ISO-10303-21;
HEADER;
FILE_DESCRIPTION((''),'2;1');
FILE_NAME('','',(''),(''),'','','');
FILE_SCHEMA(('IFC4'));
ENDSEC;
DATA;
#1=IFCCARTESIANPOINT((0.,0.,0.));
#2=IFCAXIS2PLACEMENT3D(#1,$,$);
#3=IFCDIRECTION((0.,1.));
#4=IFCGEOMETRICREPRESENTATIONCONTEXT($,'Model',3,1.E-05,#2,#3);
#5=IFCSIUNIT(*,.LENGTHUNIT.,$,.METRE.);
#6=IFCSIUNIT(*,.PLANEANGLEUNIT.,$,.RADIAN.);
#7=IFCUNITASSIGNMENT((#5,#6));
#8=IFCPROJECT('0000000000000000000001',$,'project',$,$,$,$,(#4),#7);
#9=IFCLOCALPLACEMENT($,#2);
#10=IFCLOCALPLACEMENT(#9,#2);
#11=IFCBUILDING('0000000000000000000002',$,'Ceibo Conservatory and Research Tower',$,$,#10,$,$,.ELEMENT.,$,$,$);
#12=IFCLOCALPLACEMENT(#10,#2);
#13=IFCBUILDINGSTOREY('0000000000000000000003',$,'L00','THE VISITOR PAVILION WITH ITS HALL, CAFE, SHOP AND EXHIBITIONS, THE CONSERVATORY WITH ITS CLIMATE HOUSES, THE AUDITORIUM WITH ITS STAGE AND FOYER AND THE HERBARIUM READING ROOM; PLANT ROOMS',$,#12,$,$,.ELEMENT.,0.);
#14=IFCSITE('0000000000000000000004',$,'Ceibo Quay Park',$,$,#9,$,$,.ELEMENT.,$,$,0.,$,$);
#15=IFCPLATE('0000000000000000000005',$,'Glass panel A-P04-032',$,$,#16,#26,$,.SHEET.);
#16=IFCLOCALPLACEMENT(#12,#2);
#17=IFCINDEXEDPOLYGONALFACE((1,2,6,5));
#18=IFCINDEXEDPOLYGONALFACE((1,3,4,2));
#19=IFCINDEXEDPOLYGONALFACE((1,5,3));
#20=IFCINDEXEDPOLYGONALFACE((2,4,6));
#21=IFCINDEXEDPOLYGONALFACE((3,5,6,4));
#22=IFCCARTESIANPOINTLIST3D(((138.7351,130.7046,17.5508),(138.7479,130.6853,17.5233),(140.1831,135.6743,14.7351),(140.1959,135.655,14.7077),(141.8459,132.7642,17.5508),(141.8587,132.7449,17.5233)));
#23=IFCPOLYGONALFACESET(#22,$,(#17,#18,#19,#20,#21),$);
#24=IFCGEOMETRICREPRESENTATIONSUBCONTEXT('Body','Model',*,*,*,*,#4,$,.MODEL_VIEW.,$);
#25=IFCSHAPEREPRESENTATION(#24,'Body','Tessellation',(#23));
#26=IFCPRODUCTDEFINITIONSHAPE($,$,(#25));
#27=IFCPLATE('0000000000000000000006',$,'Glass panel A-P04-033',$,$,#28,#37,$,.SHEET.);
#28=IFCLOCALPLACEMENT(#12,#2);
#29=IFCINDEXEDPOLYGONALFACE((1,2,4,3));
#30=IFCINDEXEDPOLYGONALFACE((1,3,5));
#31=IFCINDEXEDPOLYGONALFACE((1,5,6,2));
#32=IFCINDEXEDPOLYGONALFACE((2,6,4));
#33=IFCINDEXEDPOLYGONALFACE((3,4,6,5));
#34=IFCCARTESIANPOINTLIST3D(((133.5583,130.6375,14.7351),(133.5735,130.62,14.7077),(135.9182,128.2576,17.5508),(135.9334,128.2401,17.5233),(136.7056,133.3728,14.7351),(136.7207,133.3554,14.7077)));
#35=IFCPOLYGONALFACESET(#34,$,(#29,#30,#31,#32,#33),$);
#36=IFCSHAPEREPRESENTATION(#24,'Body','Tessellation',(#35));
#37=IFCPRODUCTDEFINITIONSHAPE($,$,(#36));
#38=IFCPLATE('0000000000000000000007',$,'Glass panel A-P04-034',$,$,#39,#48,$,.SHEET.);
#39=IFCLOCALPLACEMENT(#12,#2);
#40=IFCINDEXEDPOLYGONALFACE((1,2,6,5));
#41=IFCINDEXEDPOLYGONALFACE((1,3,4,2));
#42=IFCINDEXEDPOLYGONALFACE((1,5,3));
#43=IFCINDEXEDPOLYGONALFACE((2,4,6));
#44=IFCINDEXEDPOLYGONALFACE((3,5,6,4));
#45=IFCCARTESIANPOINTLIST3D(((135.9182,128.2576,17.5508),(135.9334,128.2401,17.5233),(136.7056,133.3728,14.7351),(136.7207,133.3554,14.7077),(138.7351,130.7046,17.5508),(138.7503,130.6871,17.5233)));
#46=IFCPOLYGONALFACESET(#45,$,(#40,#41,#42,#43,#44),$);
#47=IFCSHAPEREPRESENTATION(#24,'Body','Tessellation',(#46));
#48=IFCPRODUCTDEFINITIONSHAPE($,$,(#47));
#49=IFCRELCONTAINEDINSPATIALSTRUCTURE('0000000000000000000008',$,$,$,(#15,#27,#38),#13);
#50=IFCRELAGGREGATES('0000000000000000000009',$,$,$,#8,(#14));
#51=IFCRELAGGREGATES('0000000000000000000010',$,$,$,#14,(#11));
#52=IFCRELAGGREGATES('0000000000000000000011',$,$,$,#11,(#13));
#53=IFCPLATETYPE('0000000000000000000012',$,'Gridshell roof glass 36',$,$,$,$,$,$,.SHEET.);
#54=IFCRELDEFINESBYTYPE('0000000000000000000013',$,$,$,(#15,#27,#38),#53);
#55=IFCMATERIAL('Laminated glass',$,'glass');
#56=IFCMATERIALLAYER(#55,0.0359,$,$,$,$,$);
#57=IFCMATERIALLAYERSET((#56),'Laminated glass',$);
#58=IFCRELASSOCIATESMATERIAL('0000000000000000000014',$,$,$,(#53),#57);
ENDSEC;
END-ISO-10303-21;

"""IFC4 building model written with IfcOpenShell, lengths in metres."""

from ifc_helpers import new_model, si_unit, direction, frame, origin, place, context, subcontext, project, spatial, polyline, outline, extrude, material, layer, layer_set, type_object, element, save


model = new_model("IFC4")

# Units and contexts
model_context = context("Model", 3, precision=1e-05, world=origin(), true_north=direction((0.0, 1.0)))
body_context = subcontext(model_context, "Body", "Model", "MODEL_VIEW")
ifc_project = project(units=[si_unit("LENGTHUNIT", "METRE"), si_unit("PLANEANGLEUNIT", "RADIAN")], contexts=[model_context])

# Site, building, storey
site_placement = place(None, origin())
site = spatial("IfcSite", under=ifc_project, at=site_placement, Name="Ceibo Quay Park", CompositionType="ELEMENT", RefElevation=0.0)
building_placement = place(site_placement, origin())
building = spatial("IfcBuilding", under=site, at=building_placement, Name="Ceibo Conservatory and Research Tower", CompositionType="ELEMENT")
storey_placement = place(building_placement, origin())
storey = spatial("IfcBuildingStorey", under=building, at=storey_placement, Name="L00", Description="THE VISITOR PAVILION WITH ITS HALL, CAFE, SHOP AND EXHIBITIONS, THE CONSERVATORY WITH ITS CLIMATE HOUSES, THE AUDITORIUM WITH ITS STAGE AND FOYER AND THE HERBARIUM READING ROOM; PLANT ROOMS", CompositionType="ELEMENT", Elevation=0.0)

# Plates
ifc_material_1 = material(Name="Laminated glass", Category="glass")
ifc_layer = layer(ifc_material_1, 0.0359)
ifc_layer_set = layer_set([ifc_layer], Name="Laminated glass")
plate_type = type_object("IfcPlateType", Name="Gridshell roof glass 36", PredefinedType="SHEET", material=ifc_layer_set)
plate_1_placement = place(storey_placement, frame((140.1831, 135.6743, 14.7351), z_axis=(-0.355534, 0.537009, 0.764995), x_axis=(-0.245731, -0.843382, 0.477831)))
element("IfcPlate", 1, at=plate_1_placement, inside=storey, type_object=plate_type, Name="Glass panel A-P04-032", PredefinedType="SHEET", context=body_context, shape_type="SweptSolid", body=[
    extrude(outline(polyline([(0.0, 0.0), (5.8926, 0.0), (3.3912, 2.768), (0.0, 0.0)])), origin(), (0.0, 0.0, -1.0), 0.0359),
])
plate_2_placement = place(storey_placement, frame((136.7056, 133.3728, 14.7351), z_axis=(-0.422497, 0.486113, 0.764977), x_axis=(-0.754767, -0.655993, 0.0)))
element("IfcPlate", 2, at=plate_2_placement, inside=storey, type_object=plate_type, Name="Glass panel A-P04-033", PredefinedType="SHEET", context=body_context, shape_type="SweptSolid", body=[
    extrude(outline(polyline([(0.0, 0.0), (4.1698, 0.0), (3.9498, 4.3718), (0.0, 0.0)])), origin(), (0.0, 0.0, -1.0), 0.0359),
])
plate_3_placement = place(storey_placement, frame((136.7056, 133.3728, 14.7351), z_axis=(-0.422303, 0.486135, 0.765071), x_axis=(-0.133635, -0.868192, 0.477895)))
element("IfcPlate", 3, at=plate_3_placement, inside=storey, type_object=plate_type, Name="Glass panel A-P04-034", PredefinedType="SHEET", context=body_context, shape_type="SweptSolid", body=[
    extrude(outline(polyline([(0.0, 0.0), (5.8918, 0.0), (3.3909, 2.7692), (0.0, 0.0)])), origin(), (0.0, 0.0, -1.0), 0.0359),
])

save(model, "model.ifc")
